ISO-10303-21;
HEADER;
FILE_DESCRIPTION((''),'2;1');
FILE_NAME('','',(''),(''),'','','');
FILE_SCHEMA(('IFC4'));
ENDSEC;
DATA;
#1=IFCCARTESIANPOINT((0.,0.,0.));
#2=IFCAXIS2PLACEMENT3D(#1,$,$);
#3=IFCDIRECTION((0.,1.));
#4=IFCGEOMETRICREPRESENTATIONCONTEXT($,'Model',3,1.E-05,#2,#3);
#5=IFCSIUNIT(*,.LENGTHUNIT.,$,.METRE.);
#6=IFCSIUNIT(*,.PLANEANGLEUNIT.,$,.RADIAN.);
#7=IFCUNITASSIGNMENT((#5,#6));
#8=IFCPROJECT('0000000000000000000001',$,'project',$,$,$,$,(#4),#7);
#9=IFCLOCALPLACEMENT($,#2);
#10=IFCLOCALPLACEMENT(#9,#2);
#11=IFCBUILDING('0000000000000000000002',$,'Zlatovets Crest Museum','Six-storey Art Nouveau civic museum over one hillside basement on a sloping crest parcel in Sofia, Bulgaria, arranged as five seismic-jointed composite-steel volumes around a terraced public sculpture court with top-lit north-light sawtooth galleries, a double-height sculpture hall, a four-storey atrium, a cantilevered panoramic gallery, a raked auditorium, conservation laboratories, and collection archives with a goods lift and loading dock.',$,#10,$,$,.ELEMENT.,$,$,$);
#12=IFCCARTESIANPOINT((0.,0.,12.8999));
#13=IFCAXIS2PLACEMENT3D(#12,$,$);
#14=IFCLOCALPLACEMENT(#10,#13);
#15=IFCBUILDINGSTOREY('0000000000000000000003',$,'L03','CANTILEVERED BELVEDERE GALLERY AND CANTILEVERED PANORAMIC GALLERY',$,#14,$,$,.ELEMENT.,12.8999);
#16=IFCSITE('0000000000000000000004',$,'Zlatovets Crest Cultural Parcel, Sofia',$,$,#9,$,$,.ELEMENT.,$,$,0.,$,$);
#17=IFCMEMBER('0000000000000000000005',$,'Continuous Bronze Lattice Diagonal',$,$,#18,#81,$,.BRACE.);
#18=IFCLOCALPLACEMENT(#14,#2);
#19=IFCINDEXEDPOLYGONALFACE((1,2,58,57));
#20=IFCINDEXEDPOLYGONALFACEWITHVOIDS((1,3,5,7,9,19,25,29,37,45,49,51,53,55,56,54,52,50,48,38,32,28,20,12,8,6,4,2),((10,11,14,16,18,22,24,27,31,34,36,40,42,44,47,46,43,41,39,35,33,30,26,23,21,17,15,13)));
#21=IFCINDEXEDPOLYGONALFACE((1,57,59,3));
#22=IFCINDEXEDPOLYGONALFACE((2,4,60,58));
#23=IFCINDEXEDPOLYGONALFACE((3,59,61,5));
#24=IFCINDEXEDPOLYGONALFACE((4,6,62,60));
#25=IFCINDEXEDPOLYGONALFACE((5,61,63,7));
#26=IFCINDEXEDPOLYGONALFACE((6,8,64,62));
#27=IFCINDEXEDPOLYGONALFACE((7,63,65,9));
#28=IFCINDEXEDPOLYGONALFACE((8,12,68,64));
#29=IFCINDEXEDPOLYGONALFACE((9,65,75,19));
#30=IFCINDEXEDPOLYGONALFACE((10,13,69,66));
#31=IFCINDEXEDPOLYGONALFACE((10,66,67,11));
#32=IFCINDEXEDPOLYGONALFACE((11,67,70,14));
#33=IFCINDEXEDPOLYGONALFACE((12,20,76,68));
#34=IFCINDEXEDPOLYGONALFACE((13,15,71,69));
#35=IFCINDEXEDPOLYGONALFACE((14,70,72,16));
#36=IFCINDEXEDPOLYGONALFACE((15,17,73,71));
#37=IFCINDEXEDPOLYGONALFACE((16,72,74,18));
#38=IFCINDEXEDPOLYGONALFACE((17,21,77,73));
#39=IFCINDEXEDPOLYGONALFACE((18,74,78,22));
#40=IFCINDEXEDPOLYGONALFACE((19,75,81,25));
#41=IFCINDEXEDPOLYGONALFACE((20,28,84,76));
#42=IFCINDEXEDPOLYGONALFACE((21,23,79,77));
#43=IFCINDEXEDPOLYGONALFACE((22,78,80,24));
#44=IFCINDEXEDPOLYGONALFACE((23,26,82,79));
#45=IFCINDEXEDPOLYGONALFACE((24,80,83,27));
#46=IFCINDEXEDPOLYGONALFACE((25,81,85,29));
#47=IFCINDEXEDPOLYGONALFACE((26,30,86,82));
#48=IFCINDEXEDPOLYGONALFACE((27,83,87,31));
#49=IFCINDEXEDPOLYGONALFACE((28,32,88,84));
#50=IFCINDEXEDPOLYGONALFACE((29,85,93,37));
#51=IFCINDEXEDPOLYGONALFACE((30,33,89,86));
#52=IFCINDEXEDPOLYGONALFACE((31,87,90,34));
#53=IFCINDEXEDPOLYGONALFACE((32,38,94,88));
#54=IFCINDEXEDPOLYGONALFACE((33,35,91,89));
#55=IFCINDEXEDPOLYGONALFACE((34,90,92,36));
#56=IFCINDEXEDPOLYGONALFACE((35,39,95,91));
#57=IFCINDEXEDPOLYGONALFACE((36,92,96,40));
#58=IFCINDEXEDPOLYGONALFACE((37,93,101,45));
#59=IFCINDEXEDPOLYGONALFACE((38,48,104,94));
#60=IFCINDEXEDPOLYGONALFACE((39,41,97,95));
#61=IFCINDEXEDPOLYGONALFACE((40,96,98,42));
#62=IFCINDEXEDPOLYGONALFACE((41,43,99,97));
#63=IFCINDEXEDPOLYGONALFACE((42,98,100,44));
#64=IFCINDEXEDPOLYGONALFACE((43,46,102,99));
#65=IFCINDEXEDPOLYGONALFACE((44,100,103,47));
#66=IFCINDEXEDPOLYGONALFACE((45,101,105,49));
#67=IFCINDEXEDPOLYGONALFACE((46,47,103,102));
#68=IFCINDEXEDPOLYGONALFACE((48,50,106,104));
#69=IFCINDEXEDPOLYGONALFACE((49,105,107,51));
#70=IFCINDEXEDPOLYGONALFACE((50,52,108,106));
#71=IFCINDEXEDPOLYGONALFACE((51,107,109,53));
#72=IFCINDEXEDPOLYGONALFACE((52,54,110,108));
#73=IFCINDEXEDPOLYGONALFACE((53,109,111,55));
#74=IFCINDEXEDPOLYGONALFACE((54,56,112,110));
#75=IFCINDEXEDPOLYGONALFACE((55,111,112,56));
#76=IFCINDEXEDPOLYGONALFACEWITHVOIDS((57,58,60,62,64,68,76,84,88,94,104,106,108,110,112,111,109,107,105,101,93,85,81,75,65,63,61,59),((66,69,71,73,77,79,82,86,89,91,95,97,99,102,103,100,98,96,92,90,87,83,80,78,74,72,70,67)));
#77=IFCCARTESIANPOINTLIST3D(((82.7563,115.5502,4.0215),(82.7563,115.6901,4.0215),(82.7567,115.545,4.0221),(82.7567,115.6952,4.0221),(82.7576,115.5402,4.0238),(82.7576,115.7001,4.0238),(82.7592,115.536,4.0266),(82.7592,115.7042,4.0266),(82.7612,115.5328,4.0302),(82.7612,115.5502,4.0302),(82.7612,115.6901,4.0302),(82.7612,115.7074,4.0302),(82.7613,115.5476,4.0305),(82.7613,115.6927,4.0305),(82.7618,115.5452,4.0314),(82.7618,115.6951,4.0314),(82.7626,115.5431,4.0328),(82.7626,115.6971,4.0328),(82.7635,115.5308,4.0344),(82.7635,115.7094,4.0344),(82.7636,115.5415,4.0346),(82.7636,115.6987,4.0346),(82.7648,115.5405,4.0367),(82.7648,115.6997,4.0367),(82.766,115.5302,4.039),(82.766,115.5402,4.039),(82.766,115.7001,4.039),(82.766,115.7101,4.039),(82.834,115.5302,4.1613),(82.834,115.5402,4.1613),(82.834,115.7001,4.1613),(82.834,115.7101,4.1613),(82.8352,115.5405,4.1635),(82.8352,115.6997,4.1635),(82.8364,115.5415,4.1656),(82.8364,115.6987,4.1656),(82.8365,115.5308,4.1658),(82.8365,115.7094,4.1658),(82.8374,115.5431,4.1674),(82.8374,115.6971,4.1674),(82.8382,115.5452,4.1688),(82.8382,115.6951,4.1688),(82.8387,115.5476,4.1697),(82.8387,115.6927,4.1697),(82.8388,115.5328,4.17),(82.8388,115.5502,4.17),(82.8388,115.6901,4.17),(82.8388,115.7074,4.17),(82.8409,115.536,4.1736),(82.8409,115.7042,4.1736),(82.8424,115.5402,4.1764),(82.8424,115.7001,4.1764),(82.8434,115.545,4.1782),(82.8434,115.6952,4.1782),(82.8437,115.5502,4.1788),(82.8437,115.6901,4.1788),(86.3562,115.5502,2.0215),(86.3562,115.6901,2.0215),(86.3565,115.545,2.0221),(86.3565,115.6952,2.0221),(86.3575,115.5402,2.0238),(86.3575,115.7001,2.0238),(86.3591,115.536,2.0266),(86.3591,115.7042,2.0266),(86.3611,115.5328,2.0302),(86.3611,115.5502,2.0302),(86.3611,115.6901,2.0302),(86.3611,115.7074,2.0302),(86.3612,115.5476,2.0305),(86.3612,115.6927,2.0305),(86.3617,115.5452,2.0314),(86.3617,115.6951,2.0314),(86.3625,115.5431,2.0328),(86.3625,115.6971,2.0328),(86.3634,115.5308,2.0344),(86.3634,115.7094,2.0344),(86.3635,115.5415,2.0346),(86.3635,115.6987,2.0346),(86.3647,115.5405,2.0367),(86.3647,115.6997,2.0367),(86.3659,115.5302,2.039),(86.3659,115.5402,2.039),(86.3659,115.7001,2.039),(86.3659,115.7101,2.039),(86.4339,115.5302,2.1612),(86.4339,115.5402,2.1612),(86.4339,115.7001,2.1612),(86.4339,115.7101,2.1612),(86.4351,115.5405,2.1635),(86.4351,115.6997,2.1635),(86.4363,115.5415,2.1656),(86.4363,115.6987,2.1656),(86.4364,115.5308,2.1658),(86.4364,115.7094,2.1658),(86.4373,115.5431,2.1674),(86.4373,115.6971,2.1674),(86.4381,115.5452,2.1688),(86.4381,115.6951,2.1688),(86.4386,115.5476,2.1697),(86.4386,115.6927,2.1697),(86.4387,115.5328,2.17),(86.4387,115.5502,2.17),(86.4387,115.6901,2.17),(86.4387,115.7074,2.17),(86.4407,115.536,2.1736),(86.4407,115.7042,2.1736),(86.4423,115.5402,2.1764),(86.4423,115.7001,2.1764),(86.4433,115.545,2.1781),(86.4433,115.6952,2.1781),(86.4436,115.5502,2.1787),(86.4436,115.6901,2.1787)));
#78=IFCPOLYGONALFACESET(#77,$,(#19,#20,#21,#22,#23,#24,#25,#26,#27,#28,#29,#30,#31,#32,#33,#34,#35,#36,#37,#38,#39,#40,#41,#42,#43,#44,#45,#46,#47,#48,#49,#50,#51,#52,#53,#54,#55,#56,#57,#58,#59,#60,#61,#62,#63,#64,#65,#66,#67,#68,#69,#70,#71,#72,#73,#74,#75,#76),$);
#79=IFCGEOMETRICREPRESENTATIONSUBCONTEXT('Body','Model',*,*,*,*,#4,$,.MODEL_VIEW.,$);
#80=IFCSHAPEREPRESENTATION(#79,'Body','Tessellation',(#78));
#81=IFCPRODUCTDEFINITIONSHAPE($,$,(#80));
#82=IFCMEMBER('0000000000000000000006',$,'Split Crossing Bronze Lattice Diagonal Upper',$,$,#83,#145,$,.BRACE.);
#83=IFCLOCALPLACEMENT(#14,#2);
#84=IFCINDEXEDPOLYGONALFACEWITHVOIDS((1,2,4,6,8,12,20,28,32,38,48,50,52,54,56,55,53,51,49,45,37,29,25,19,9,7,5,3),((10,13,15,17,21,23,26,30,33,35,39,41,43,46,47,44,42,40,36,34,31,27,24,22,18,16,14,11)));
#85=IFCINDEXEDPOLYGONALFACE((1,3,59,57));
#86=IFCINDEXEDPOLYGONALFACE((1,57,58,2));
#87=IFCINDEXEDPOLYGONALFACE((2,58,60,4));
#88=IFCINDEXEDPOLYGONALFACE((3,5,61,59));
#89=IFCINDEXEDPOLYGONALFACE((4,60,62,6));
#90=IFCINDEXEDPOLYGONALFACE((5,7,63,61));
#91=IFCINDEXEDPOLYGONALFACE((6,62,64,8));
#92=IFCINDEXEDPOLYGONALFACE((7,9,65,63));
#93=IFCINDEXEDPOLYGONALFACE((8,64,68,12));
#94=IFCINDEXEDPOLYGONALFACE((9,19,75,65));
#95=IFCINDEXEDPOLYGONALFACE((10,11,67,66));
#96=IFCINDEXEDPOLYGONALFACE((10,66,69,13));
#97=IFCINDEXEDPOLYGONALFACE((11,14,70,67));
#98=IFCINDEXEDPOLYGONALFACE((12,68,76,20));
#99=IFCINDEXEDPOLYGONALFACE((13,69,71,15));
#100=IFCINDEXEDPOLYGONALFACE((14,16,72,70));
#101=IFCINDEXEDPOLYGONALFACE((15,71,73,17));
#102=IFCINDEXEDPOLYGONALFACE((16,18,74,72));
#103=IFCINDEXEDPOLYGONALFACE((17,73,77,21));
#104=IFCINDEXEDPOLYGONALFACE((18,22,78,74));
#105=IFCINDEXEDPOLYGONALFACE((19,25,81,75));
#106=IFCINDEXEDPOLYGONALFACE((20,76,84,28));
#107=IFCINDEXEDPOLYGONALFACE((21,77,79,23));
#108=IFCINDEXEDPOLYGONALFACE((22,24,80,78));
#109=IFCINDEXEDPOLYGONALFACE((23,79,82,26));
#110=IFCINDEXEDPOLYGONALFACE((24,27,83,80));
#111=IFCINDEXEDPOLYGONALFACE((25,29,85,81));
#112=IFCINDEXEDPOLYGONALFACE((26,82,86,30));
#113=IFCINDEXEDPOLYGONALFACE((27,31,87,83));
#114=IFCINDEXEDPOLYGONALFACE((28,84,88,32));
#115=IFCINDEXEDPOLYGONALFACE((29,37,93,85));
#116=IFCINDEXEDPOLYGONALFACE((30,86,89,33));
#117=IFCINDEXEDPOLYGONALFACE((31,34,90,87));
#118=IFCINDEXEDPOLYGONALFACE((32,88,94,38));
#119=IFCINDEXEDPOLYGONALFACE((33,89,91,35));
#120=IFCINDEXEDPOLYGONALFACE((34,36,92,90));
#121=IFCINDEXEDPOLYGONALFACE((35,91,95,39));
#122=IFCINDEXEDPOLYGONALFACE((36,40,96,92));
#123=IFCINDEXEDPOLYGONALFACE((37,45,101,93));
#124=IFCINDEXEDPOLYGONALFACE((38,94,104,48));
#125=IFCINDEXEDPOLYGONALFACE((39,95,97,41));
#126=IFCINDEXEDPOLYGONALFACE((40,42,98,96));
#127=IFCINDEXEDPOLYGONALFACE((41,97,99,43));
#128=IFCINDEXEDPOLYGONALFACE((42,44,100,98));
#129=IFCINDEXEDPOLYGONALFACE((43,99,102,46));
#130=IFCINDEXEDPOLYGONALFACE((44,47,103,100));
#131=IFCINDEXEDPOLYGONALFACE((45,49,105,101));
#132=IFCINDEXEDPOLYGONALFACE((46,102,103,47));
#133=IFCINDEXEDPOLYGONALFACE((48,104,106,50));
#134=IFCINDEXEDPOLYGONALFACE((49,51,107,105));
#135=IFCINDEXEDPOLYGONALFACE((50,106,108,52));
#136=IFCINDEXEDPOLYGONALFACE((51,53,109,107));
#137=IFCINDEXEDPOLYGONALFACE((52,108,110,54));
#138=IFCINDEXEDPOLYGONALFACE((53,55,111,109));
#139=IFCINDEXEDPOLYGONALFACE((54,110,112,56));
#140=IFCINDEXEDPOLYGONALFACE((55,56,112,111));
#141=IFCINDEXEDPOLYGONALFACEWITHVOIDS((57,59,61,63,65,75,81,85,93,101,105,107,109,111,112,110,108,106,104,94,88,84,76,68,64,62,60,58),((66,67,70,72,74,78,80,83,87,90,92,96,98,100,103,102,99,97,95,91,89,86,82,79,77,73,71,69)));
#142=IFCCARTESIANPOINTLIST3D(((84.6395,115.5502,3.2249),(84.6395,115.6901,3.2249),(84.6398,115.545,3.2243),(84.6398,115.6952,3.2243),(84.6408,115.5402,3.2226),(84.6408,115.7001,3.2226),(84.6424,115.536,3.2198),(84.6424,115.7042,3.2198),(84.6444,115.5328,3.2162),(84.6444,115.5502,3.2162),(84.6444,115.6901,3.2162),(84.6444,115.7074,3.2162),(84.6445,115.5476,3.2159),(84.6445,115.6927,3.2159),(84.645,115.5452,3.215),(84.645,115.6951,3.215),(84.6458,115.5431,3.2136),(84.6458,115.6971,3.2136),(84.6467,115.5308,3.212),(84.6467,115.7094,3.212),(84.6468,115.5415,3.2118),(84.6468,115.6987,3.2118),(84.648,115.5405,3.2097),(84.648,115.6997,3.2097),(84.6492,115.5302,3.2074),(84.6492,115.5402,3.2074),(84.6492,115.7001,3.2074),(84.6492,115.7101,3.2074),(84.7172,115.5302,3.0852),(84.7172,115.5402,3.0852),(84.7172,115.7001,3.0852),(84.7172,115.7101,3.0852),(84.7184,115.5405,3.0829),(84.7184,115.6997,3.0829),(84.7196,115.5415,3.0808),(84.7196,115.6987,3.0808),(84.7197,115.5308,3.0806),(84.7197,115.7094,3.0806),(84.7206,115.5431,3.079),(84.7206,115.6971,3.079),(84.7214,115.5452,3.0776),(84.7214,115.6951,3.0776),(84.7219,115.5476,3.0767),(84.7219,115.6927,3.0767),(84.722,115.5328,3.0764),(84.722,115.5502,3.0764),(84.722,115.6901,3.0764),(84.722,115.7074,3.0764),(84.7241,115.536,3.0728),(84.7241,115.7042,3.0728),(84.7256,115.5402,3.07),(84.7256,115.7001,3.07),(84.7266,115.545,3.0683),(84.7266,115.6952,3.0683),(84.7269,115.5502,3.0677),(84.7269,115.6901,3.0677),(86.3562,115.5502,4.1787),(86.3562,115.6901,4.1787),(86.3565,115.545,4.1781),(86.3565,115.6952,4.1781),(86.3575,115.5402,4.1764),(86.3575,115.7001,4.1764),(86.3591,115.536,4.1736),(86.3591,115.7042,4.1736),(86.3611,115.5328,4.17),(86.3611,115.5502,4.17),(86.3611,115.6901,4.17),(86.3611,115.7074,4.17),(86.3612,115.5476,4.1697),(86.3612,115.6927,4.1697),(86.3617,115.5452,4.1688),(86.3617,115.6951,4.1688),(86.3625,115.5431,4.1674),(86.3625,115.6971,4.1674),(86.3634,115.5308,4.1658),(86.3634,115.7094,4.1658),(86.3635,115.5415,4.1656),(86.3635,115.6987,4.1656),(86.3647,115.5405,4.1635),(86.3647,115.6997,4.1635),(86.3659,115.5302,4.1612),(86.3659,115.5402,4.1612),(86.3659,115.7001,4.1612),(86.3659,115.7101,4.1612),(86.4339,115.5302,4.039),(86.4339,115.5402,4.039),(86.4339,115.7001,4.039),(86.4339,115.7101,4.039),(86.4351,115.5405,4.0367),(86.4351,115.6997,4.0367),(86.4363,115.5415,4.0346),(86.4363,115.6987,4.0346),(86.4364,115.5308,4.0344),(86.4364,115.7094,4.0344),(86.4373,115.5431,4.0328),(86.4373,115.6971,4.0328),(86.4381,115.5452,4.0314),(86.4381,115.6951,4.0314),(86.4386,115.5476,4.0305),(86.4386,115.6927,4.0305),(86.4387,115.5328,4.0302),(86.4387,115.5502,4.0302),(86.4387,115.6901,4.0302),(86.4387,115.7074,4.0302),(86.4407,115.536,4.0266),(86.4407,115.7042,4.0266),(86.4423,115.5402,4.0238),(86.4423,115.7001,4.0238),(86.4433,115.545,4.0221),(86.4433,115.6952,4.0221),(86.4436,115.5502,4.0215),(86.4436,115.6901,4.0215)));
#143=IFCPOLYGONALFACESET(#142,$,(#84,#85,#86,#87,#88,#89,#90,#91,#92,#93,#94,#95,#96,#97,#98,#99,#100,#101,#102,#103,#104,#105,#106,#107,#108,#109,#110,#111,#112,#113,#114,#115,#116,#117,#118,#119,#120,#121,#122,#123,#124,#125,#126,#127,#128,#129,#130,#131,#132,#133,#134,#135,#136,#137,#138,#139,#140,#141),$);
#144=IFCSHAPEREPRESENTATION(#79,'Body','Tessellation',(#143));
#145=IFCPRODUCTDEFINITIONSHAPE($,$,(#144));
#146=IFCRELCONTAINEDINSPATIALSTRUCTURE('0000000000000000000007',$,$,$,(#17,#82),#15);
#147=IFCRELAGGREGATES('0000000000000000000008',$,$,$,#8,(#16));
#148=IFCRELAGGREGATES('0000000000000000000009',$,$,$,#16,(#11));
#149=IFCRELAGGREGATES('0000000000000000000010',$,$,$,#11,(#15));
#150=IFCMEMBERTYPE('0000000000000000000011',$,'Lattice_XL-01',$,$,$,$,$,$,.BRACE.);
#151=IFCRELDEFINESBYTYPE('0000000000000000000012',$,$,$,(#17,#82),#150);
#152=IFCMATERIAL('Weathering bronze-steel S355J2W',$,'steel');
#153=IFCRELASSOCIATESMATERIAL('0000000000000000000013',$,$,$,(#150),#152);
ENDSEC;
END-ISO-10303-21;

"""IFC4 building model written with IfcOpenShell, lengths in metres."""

from ifc_helpers import new_model, si_unit, direction, frame, origin, origin_2d, place, context, subcontext, project, spatial, hollow_rectangle, extrude, material, material_profile, profile_set, type_object, element, save


model = new_model("IFC4")

# Units and contexts
model_context = context("Model", 3, precision=1e-05, world=origin(), true_north=direction((0.0, 1.0)))
body_context = subcontext(model_context, "Body", "Model", "MODEL_VIEW")
ifc_project = project(units=[si_unit("LENGTHUNIT", "METRE"), si_unit("PLANEANGLEUNIT", "RADIAN")], contexts=[model_context])

# Site, building, storey
site_placement = place(None, origin())
site = spatial("IfcSite", under=ifc_project, at=site_placement, Name="Zlatovets Crest Cultural Parcel, Sofia", CompositionType="ELEMENT", RefElevation=0.0)
building_placement = place(site_placement, origin())
building = spatial("IfcBuilding", under=site, at=building_placement, Name="Zlatovets Crest Museum", Description="Six-storey Art Nouveau civic museum over one hillside basement on a sloping crest parcel in Sofia, Bulgaria, arranged as five seismic-jointed composite-steel volumes around a terraced public sculpture court with top-lit north-light sawtooth galleries, a double-height sculpture hall, a four-storey atrium, a cantilevered panoramic gallery, a raked auditorium, conservation laboratories, and collection archives with a goods lift and loading dock.", CompositionType="ELEMENT")
storey_placement = place(building_placement, frame((0.0, 0.0, 12.8999)))
storey = spatial("IfcBuildingStorey", under=building, at=storey_placement, Name="L03", Description="CANTILEVERED BELVEDERE GALLERY AND CANTILEVERED PANORAMIC GALLERY", CompositionType="ELEMENT", Elevation=12.8999)

# Members
ifc_material_1 = material(Name="Weathering bronze-steel S355J2W", Category="steel")
ifc_material_profile_1 = material_profile(ifc_material_1, hollow_rectangle(XDim=0.1799, YDim=0.1799, WallThickness=0.01, InnerFilletRadius=0.01, OuterFilletRadius=0.02, at=origin_2d()), Name="SHS 180x180x10.0")
ifc_profile_set_1 = profile_set([ifc_material_profile_1], Name="Weathering bronze-steel S355J2W")
member_type_1 = type_object("IfcMemberType", Name="Lattice_XL-01", PredefinedType="BRACE", material=ifc_profile_set_1)
member_1_placement = place(storey_placement, frame((86.3999, 115.6201, 2.1001), z_axis=(-0.874149, 0.0, 0.485658), x_axis=(0.0, -1.0, 0.0)))
element("IfcMember", 1, at=member_1_placement, inside=storey, type_object=member_type_1, Name="Continuous Bronze Lattice Diagonal", PredefinedType="BRACE", context=body_context, shape_type="SweptSolid", body=[
    extrude(hollow_rectangle(XDim=0.1799, YDim=0.1799, WallThickness=0.01, InnerFilletRadius=0.01, OuterFilletRadius=0.02, at=origin_2d()), origin(), (0.0, 0.0, 1.0), 4.1182),
])
member_2_placement = place(storey_placement, frame((86.3999, 115.6201, 4.1001), z_axis=(-0.87414, 0.0, -0.485675), x_axis=(0.0, -1.0, 0.0)))
element("IfcMember", 2, at=member_2_placement, inside=storey, type_object=member_type_1, Name="Split Crossing Bronze Lattice Diagonal Upper", PredefinedType="BRACE", context=body_context, shape_type="SweptSolid", body=[
    extrude(hollow_rectangle(XDim=0.1799, YDim=0.1799, WallThickness=0.01, InnerFilletRadius=0.01, OuterFilletRadius=0.02, at=origin_2d()), origin(), (0.0, 0.0, 1.0), 1.9639),
])

save(model, "model.ifc")
